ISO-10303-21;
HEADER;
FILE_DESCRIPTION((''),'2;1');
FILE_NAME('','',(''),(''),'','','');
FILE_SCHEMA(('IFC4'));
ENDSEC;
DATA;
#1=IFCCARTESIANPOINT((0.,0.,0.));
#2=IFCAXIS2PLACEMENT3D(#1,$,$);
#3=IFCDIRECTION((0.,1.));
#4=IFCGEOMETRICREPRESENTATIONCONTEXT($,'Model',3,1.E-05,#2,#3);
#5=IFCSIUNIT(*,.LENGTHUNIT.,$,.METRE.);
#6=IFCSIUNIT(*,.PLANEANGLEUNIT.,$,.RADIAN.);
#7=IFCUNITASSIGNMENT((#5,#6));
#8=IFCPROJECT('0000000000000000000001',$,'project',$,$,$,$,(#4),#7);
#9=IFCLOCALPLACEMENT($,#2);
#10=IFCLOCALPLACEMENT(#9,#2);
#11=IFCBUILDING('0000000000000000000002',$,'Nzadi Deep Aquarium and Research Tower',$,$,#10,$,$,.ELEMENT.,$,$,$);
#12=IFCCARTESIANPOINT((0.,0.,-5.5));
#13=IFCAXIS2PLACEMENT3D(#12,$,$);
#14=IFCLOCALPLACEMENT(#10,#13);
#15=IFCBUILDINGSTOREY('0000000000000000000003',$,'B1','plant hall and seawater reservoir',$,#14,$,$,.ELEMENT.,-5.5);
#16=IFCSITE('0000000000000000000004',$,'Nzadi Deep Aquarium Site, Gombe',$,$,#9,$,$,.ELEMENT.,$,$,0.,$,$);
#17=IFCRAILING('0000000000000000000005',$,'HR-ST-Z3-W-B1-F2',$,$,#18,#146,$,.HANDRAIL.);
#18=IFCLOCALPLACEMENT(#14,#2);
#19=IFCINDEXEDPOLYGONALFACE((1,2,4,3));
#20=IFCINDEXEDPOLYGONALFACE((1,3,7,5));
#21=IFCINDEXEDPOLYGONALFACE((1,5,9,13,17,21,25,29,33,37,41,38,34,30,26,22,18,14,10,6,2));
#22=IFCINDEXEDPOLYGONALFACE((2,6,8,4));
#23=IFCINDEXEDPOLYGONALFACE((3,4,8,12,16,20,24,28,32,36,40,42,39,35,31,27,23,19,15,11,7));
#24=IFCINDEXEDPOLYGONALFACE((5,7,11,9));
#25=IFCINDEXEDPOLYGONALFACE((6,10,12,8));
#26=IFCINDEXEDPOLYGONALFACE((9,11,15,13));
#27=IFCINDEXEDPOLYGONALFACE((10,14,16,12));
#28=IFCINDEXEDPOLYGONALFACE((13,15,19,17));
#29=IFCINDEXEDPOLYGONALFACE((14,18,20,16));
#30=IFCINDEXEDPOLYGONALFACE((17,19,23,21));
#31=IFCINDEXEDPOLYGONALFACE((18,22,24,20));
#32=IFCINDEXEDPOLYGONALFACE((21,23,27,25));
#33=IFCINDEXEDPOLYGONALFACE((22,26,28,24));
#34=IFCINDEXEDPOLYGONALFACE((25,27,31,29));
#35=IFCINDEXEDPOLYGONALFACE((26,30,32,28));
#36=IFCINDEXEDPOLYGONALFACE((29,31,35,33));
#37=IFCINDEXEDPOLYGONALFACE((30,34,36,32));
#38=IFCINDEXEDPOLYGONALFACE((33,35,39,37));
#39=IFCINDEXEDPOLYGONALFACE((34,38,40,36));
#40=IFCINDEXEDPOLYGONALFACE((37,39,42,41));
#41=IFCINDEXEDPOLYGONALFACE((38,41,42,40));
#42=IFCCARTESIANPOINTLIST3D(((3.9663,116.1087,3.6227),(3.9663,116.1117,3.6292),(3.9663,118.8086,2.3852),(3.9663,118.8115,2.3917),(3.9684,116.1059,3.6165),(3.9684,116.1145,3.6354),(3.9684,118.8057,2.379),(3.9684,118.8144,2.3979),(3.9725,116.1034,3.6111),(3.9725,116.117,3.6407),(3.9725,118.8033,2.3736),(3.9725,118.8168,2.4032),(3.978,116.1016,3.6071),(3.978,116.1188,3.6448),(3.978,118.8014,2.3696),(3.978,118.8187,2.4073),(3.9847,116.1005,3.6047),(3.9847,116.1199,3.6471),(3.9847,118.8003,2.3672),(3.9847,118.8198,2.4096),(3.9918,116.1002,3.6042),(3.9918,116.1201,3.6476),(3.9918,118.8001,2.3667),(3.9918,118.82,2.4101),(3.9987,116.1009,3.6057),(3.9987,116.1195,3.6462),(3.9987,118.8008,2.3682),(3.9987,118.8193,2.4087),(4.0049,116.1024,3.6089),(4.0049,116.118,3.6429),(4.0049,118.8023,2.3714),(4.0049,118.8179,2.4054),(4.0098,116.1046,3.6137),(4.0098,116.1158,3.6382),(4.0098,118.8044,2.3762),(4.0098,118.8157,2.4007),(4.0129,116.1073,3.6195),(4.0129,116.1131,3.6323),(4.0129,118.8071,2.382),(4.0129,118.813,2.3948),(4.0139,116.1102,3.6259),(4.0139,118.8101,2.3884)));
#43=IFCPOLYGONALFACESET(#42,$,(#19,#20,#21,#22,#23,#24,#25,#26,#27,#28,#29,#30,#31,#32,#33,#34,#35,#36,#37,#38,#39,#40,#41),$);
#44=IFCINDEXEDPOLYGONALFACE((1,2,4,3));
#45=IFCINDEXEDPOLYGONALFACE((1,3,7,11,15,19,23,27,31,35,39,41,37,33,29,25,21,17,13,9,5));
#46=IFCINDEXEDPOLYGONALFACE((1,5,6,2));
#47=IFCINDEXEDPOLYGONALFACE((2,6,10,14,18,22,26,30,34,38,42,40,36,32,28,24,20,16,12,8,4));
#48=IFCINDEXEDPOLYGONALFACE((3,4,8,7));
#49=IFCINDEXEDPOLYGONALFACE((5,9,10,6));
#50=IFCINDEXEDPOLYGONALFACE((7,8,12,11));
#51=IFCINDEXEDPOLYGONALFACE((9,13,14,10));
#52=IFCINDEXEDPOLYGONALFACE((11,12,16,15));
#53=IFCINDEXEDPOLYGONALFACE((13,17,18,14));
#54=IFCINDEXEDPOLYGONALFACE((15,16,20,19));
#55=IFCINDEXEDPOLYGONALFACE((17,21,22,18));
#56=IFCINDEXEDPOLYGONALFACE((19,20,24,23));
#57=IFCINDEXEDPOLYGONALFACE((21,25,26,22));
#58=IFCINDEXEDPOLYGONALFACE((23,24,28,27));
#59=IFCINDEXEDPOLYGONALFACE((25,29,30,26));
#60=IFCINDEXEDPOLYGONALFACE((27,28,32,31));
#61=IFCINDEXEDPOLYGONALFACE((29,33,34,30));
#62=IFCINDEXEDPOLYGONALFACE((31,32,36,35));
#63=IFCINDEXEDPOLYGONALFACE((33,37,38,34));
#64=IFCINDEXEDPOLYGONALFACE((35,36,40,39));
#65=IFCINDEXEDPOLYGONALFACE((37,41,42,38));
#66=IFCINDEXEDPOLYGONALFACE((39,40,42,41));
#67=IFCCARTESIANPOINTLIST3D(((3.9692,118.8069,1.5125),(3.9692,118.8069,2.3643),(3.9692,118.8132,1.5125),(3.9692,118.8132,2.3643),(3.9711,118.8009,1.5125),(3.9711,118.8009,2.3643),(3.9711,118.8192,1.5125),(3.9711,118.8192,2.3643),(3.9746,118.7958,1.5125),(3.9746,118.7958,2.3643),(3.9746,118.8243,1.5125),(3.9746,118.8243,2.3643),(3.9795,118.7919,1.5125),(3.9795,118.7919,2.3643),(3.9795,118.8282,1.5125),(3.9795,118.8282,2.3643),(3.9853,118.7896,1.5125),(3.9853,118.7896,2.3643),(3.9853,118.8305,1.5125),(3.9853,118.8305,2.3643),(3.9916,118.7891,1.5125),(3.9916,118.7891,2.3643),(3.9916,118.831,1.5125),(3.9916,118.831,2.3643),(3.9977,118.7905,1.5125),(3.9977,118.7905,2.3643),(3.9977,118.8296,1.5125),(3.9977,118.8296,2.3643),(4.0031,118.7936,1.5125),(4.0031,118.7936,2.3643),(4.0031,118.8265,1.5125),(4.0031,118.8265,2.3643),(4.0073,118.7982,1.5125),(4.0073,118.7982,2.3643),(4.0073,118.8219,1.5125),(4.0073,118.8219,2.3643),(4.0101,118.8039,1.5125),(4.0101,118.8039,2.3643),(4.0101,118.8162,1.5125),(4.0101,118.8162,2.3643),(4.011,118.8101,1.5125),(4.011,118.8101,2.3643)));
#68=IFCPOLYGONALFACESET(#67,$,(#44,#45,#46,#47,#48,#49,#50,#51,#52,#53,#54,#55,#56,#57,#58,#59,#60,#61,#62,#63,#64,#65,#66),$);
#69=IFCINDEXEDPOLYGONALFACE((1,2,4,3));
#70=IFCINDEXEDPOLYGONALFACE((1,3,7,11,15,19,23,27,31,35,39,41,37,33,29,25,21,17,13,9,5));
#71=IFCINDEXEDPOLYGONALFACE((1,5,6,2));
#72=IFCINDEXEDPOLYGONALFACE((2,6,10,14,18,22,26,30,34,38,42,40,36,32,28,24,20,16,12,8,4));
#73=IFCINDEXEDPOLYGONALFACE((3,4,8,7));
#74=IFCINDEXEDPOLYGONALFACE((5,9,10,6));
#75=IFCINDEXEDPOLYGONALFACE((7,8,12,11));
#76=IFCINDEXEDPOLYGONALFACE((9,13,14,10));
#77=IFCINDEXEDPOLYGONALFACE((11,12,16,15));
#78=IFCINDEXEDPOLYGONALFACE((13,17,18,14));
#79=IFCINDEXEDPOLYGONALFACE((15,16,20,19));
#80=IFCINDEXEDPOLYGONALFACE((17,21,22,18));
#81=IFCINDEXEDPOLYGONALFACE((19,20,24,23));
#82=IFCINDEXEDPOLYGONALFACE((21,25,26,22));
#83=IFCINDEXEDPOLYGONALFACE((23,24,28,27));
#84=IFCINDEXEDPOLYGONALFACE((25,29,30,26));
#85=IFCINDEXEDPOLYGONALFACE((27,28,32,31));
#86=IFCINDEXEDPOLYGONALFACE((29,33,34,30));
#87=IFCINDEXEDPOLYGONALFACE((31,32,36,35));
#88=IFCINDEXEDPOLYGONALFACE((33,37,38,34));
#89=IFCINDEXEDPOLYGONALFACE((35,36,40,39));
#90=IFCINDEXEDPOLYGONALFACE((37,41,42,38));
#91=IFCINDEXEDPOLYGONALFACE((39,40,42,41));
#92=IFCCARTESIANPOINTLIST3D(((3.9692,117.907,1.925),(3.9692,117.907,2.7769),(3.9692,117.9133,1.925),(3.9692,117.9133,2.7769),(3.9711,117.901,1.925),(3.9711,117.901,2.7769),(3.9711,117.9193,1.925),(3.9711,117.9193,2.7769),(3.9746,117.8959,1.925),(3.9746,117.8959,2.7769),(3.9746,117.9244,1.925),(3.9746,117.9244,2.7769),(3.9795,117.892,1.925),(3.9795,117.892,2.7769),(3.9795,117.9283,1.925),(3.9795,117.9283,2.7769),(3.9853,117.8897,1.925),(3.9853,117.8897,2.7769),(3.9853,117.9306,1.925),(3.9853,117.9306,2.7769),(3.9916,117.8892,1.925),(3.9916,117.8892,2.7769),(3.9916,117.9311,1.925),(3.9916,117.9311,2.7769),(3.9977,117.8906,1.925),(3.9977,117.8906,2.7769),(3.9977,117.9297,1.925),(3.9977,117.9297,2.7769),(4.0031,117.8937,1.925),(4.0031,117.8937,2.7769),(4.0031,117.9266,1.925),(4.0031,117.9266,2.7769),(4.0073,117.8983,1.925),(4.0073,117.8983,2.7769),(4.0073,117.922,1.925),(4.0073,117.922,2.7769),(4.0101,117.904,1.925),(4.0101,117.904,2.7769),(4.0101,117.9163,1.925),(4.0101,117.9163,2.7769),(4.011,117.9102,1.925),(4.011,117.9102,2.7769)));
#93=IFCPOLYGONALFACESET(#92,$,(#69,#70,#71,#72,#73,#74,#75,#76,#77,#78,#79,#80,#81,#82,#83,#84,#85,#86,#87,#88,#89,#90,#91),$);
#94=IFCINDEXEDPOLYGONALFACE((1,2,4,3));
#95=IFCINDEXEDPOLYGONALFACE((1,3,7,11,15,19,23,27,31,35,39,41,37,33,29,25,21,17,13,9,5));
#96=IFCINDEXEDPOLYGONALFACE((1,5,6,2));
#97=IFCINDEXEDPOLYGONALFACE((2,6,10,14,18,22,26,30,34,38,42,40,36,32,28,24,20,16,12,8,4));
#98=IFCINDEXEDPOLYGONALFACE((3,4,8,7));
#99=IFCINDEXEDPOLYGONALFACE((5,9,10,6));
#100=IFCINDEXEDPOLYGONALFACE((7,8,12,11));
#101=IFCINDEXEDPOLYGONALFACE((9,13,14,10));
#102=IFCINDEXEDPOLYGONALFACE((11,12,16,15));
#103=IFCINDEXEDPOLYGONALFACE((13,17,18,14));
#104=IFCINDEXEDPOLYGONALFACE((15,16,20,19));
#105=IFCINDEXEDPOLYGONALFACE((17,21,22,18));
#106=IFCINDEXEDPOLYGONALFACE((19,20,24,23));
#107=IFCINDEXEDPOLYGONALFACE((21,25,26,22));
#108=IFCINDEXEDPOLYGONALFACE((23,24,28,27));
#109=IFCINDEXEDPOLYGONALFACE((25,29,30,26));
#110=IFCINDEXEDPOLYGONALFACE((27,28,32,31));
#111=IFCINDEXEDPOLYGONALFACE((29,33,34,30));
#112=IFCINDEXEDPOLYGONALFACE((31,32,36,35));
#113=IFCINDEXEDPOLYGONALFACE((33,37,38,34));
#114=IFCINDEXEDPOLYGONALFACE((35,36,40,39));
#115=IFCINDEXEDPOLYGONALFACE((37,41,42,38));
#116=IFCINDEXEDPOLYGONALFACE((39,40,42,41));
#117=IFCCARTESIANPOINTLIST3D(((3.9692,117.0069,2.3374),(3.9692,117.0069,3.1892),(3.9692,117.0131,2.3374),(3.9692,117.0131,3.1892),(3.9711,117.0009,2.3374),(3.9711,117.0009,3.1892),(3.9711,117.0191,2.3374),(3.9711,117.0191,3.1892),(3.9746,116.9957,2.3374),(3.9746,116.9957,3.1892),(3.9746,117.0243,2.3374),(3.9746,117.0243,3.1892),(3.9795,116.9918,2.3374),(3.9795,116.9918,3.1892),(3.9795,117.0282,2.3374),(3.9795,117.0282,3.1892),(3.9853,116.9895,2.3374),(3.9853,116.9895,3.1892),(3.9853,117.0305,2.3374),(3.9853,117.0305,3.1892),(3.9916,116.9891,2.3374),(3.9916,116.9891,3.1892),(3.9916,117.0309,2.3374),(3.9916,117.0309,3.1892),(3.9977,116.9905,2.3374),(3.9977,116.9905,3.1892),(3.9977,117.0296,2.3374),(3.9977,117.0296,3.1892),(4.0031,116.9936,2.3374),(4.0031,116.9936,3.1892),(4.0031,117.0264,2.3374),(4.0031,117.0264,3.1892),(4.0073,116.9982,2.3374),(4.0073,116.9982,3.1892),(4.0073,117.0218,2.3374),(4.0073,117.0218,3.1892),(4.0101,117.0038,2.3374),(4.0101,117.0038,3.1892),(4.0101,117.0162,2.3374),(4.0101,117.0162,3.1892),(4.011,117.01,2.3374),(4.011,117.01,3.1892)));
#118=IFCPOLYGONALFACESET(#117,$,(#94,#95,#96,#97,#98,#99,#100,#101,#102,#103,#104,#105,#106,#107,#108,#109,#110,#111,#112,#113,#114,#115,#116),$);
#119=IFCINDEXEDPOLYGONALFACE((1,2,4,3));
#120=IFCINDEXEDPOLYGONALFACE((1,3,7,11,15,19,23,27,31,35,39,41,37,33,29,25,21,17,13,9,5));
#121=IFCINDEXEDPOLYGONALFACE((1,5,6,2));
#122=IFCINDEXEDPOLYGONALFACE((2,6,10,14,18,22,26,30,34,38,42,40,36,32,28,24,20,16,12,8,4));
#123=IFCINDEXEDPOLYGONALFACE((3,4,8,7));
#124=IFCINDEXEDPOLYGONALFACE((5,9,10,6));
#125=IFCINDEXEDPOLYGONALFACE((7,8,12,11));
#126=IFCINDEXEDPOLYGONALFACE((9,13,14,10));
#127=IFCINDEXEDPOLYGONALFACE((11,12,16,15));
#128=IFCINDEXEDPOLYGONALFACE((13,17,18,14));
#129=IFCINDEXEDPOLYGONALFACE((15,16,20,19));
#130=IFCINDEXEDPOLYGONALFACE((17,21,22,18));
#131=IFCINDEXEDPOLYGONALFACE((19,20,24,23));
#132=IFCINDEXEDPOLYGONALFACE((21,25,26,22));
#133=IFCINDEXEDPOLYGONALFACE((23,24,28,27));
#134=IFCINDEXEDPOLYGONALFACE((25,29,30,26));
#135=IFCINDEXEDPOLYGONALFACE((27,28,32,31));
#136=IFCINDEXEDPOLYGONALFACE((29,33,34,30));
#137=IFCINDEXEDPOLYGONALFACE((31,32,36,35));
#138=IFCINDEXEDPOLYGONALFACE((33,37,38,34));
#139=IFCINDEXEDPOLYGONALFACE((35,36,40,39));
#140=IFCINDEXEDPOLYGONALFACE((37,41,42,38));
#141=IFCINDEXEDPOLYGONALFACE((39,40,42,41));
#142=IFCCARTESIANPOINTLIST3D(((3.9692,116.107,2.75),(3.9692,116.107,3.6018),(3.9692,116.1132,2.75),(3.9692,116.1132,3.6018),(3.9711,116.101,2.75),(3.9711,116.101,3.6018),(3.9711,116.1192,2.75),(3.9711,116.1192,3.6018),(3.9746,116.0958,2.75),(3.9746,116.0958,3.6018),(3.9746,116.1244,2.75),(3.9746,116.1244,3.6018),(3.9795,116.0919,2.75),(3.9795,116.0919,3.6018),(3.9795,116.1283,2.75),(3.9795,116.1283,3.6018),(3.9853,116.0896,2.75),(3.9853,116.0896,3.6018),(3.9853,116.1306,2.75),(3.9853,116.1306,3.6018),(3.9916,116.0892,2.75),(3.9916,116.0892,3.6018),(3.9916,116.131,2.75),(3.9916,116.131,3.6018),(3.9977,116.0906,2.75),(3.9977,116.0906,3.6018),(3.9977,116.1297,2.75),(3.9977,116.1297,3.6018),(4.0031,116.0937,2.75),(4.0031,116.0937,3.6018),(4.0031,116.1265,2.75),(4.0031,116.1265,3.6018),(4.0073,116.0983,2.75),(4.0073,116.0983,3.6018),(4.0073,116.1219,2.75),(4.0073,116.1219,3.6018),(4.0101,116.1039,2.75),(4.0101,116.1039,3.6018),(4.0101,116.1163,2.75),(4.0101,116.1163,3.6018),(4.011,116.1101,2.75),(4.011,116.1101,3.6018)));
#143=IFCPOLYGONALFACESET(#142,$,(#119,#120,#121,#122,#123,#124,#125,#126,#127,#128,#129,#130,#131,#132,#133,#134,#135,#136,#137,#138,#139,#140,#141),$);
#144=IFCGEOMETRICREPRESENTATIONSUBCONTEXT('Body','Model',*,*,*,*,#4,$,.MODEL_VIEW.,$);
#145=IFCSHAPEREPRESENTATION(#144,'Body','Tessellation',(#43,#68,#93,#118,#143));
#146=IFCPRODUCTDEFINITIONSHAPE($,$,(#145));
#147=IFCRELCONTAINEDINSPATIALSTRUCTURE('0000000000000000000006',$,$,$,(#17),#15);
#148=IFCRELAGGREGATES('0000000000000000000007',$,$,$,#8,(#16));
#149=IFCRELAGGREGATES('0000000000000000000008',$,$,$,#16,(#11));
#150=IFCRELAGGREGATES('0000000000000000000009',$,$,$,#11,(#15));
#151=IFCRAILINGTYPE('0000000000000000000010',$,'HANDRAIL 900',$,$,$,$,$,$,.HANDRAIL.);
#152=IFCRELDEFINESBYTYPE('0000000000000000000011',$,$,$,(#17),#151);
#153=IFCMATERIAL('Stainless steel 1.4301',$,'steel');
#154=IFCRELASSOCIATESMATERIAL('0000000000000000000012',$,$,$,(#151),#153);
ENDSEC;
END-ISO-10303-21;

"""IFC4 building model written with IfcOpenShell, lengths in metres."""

from ifc_helpers import new_model, si_unit, direction, frame, origin, origin_2d, place, context, subcontext, project, spatial, circle, extrude, material, type_object, element, save


model = new_model("IFC4")

# Units and contexts
model_context = context("Model", 3, precision=1e-05, world=origin(), true_north=direction((0.0, 1.0)))
body_context = subcontext(model_context, "Body", "Model", "MODEL_VIEW")
ifc_project = project(units=[si_unit("LENGTHUNIT", "METRE"), si_unit("PLANEANGLEUNIT", "RADIAN")], contexts=[model_context])

# Site, building, storey
site_placement = place(None, origin())
site = spatial("IfcSite", under=ifc_project, at=site_placement, Name="Nzadi Deep Aquarium Site, Gombe", CompositionType="ELEMENT", RefElevation=0.0)
building_placement = place(site_placement, origin())
building = spatial("IfcBuilding", under=site, at=building_placement, Name="Nzadi Deep Aquarium and Research Tower", CompositionType="ELEMENT")
storey_placement = place(building_placement, frame((0.0, 0.0, -5.5)))
storey = spatial("IfcBuildingStorey", under=building, at=storey_placement, Name="B1", Description="plant hall and seawater reservoir", CompositionType="ELEMENT", Elevation=-5.5)

# Railing
ifc_material_1 = material(Name="Stainless steel 1.4301", Category="steel")
railing_type = type_object("IfcRailingType", Name="HANDRAIL 900", PredefinedType="HANDRAIL", material=ifc_material_1)
for number, where, name in (
    (1, (3.99, 118.8101, 1.5125), "HR-ST-Z3-W-B1-F2"),
):
    element("IfcRailing", number, at=place(storey_placement, frame(where)), inside=storey, type_object=railing_type, Name=name, PredefinedType="HANDRAIL", context=body_context, shape_type="SweptSolid", body=[
        extrude(circle(Radius=0.0239, at=origin_2d()), frame((0.0, 0.0, 0.876), z_axis=(0.0, -0.909056, 0.416675), x_axis=(1.0, 0.0, 0.0)), (0.0, 0.0, 1.0), 2.97),
        extrude(circle(Radius=0.021, at=origin_2d()), origin(), (0.0, 0.0, 1.0), 0.8518),
        extrude(circle(Radius=0.021, at=origin_2d()), frame((0.0, -0.8999, 0.4126)), (0.0, 0.0, 1.0), 0.8518),
        extrude(circle(Radius=0.021, at=origin_2d()), frame((0.0, -1.8, 0.825)), (0.0, 0.0, 1.0), 0.8518),
        extrude(circle(Radius=0.021, at=origin_2d()), frame((0.0, -2.7, 1.2375)), (0.0, 0.0, 1.0), 0.8518),
    ])

save(model, "model.ifc")
